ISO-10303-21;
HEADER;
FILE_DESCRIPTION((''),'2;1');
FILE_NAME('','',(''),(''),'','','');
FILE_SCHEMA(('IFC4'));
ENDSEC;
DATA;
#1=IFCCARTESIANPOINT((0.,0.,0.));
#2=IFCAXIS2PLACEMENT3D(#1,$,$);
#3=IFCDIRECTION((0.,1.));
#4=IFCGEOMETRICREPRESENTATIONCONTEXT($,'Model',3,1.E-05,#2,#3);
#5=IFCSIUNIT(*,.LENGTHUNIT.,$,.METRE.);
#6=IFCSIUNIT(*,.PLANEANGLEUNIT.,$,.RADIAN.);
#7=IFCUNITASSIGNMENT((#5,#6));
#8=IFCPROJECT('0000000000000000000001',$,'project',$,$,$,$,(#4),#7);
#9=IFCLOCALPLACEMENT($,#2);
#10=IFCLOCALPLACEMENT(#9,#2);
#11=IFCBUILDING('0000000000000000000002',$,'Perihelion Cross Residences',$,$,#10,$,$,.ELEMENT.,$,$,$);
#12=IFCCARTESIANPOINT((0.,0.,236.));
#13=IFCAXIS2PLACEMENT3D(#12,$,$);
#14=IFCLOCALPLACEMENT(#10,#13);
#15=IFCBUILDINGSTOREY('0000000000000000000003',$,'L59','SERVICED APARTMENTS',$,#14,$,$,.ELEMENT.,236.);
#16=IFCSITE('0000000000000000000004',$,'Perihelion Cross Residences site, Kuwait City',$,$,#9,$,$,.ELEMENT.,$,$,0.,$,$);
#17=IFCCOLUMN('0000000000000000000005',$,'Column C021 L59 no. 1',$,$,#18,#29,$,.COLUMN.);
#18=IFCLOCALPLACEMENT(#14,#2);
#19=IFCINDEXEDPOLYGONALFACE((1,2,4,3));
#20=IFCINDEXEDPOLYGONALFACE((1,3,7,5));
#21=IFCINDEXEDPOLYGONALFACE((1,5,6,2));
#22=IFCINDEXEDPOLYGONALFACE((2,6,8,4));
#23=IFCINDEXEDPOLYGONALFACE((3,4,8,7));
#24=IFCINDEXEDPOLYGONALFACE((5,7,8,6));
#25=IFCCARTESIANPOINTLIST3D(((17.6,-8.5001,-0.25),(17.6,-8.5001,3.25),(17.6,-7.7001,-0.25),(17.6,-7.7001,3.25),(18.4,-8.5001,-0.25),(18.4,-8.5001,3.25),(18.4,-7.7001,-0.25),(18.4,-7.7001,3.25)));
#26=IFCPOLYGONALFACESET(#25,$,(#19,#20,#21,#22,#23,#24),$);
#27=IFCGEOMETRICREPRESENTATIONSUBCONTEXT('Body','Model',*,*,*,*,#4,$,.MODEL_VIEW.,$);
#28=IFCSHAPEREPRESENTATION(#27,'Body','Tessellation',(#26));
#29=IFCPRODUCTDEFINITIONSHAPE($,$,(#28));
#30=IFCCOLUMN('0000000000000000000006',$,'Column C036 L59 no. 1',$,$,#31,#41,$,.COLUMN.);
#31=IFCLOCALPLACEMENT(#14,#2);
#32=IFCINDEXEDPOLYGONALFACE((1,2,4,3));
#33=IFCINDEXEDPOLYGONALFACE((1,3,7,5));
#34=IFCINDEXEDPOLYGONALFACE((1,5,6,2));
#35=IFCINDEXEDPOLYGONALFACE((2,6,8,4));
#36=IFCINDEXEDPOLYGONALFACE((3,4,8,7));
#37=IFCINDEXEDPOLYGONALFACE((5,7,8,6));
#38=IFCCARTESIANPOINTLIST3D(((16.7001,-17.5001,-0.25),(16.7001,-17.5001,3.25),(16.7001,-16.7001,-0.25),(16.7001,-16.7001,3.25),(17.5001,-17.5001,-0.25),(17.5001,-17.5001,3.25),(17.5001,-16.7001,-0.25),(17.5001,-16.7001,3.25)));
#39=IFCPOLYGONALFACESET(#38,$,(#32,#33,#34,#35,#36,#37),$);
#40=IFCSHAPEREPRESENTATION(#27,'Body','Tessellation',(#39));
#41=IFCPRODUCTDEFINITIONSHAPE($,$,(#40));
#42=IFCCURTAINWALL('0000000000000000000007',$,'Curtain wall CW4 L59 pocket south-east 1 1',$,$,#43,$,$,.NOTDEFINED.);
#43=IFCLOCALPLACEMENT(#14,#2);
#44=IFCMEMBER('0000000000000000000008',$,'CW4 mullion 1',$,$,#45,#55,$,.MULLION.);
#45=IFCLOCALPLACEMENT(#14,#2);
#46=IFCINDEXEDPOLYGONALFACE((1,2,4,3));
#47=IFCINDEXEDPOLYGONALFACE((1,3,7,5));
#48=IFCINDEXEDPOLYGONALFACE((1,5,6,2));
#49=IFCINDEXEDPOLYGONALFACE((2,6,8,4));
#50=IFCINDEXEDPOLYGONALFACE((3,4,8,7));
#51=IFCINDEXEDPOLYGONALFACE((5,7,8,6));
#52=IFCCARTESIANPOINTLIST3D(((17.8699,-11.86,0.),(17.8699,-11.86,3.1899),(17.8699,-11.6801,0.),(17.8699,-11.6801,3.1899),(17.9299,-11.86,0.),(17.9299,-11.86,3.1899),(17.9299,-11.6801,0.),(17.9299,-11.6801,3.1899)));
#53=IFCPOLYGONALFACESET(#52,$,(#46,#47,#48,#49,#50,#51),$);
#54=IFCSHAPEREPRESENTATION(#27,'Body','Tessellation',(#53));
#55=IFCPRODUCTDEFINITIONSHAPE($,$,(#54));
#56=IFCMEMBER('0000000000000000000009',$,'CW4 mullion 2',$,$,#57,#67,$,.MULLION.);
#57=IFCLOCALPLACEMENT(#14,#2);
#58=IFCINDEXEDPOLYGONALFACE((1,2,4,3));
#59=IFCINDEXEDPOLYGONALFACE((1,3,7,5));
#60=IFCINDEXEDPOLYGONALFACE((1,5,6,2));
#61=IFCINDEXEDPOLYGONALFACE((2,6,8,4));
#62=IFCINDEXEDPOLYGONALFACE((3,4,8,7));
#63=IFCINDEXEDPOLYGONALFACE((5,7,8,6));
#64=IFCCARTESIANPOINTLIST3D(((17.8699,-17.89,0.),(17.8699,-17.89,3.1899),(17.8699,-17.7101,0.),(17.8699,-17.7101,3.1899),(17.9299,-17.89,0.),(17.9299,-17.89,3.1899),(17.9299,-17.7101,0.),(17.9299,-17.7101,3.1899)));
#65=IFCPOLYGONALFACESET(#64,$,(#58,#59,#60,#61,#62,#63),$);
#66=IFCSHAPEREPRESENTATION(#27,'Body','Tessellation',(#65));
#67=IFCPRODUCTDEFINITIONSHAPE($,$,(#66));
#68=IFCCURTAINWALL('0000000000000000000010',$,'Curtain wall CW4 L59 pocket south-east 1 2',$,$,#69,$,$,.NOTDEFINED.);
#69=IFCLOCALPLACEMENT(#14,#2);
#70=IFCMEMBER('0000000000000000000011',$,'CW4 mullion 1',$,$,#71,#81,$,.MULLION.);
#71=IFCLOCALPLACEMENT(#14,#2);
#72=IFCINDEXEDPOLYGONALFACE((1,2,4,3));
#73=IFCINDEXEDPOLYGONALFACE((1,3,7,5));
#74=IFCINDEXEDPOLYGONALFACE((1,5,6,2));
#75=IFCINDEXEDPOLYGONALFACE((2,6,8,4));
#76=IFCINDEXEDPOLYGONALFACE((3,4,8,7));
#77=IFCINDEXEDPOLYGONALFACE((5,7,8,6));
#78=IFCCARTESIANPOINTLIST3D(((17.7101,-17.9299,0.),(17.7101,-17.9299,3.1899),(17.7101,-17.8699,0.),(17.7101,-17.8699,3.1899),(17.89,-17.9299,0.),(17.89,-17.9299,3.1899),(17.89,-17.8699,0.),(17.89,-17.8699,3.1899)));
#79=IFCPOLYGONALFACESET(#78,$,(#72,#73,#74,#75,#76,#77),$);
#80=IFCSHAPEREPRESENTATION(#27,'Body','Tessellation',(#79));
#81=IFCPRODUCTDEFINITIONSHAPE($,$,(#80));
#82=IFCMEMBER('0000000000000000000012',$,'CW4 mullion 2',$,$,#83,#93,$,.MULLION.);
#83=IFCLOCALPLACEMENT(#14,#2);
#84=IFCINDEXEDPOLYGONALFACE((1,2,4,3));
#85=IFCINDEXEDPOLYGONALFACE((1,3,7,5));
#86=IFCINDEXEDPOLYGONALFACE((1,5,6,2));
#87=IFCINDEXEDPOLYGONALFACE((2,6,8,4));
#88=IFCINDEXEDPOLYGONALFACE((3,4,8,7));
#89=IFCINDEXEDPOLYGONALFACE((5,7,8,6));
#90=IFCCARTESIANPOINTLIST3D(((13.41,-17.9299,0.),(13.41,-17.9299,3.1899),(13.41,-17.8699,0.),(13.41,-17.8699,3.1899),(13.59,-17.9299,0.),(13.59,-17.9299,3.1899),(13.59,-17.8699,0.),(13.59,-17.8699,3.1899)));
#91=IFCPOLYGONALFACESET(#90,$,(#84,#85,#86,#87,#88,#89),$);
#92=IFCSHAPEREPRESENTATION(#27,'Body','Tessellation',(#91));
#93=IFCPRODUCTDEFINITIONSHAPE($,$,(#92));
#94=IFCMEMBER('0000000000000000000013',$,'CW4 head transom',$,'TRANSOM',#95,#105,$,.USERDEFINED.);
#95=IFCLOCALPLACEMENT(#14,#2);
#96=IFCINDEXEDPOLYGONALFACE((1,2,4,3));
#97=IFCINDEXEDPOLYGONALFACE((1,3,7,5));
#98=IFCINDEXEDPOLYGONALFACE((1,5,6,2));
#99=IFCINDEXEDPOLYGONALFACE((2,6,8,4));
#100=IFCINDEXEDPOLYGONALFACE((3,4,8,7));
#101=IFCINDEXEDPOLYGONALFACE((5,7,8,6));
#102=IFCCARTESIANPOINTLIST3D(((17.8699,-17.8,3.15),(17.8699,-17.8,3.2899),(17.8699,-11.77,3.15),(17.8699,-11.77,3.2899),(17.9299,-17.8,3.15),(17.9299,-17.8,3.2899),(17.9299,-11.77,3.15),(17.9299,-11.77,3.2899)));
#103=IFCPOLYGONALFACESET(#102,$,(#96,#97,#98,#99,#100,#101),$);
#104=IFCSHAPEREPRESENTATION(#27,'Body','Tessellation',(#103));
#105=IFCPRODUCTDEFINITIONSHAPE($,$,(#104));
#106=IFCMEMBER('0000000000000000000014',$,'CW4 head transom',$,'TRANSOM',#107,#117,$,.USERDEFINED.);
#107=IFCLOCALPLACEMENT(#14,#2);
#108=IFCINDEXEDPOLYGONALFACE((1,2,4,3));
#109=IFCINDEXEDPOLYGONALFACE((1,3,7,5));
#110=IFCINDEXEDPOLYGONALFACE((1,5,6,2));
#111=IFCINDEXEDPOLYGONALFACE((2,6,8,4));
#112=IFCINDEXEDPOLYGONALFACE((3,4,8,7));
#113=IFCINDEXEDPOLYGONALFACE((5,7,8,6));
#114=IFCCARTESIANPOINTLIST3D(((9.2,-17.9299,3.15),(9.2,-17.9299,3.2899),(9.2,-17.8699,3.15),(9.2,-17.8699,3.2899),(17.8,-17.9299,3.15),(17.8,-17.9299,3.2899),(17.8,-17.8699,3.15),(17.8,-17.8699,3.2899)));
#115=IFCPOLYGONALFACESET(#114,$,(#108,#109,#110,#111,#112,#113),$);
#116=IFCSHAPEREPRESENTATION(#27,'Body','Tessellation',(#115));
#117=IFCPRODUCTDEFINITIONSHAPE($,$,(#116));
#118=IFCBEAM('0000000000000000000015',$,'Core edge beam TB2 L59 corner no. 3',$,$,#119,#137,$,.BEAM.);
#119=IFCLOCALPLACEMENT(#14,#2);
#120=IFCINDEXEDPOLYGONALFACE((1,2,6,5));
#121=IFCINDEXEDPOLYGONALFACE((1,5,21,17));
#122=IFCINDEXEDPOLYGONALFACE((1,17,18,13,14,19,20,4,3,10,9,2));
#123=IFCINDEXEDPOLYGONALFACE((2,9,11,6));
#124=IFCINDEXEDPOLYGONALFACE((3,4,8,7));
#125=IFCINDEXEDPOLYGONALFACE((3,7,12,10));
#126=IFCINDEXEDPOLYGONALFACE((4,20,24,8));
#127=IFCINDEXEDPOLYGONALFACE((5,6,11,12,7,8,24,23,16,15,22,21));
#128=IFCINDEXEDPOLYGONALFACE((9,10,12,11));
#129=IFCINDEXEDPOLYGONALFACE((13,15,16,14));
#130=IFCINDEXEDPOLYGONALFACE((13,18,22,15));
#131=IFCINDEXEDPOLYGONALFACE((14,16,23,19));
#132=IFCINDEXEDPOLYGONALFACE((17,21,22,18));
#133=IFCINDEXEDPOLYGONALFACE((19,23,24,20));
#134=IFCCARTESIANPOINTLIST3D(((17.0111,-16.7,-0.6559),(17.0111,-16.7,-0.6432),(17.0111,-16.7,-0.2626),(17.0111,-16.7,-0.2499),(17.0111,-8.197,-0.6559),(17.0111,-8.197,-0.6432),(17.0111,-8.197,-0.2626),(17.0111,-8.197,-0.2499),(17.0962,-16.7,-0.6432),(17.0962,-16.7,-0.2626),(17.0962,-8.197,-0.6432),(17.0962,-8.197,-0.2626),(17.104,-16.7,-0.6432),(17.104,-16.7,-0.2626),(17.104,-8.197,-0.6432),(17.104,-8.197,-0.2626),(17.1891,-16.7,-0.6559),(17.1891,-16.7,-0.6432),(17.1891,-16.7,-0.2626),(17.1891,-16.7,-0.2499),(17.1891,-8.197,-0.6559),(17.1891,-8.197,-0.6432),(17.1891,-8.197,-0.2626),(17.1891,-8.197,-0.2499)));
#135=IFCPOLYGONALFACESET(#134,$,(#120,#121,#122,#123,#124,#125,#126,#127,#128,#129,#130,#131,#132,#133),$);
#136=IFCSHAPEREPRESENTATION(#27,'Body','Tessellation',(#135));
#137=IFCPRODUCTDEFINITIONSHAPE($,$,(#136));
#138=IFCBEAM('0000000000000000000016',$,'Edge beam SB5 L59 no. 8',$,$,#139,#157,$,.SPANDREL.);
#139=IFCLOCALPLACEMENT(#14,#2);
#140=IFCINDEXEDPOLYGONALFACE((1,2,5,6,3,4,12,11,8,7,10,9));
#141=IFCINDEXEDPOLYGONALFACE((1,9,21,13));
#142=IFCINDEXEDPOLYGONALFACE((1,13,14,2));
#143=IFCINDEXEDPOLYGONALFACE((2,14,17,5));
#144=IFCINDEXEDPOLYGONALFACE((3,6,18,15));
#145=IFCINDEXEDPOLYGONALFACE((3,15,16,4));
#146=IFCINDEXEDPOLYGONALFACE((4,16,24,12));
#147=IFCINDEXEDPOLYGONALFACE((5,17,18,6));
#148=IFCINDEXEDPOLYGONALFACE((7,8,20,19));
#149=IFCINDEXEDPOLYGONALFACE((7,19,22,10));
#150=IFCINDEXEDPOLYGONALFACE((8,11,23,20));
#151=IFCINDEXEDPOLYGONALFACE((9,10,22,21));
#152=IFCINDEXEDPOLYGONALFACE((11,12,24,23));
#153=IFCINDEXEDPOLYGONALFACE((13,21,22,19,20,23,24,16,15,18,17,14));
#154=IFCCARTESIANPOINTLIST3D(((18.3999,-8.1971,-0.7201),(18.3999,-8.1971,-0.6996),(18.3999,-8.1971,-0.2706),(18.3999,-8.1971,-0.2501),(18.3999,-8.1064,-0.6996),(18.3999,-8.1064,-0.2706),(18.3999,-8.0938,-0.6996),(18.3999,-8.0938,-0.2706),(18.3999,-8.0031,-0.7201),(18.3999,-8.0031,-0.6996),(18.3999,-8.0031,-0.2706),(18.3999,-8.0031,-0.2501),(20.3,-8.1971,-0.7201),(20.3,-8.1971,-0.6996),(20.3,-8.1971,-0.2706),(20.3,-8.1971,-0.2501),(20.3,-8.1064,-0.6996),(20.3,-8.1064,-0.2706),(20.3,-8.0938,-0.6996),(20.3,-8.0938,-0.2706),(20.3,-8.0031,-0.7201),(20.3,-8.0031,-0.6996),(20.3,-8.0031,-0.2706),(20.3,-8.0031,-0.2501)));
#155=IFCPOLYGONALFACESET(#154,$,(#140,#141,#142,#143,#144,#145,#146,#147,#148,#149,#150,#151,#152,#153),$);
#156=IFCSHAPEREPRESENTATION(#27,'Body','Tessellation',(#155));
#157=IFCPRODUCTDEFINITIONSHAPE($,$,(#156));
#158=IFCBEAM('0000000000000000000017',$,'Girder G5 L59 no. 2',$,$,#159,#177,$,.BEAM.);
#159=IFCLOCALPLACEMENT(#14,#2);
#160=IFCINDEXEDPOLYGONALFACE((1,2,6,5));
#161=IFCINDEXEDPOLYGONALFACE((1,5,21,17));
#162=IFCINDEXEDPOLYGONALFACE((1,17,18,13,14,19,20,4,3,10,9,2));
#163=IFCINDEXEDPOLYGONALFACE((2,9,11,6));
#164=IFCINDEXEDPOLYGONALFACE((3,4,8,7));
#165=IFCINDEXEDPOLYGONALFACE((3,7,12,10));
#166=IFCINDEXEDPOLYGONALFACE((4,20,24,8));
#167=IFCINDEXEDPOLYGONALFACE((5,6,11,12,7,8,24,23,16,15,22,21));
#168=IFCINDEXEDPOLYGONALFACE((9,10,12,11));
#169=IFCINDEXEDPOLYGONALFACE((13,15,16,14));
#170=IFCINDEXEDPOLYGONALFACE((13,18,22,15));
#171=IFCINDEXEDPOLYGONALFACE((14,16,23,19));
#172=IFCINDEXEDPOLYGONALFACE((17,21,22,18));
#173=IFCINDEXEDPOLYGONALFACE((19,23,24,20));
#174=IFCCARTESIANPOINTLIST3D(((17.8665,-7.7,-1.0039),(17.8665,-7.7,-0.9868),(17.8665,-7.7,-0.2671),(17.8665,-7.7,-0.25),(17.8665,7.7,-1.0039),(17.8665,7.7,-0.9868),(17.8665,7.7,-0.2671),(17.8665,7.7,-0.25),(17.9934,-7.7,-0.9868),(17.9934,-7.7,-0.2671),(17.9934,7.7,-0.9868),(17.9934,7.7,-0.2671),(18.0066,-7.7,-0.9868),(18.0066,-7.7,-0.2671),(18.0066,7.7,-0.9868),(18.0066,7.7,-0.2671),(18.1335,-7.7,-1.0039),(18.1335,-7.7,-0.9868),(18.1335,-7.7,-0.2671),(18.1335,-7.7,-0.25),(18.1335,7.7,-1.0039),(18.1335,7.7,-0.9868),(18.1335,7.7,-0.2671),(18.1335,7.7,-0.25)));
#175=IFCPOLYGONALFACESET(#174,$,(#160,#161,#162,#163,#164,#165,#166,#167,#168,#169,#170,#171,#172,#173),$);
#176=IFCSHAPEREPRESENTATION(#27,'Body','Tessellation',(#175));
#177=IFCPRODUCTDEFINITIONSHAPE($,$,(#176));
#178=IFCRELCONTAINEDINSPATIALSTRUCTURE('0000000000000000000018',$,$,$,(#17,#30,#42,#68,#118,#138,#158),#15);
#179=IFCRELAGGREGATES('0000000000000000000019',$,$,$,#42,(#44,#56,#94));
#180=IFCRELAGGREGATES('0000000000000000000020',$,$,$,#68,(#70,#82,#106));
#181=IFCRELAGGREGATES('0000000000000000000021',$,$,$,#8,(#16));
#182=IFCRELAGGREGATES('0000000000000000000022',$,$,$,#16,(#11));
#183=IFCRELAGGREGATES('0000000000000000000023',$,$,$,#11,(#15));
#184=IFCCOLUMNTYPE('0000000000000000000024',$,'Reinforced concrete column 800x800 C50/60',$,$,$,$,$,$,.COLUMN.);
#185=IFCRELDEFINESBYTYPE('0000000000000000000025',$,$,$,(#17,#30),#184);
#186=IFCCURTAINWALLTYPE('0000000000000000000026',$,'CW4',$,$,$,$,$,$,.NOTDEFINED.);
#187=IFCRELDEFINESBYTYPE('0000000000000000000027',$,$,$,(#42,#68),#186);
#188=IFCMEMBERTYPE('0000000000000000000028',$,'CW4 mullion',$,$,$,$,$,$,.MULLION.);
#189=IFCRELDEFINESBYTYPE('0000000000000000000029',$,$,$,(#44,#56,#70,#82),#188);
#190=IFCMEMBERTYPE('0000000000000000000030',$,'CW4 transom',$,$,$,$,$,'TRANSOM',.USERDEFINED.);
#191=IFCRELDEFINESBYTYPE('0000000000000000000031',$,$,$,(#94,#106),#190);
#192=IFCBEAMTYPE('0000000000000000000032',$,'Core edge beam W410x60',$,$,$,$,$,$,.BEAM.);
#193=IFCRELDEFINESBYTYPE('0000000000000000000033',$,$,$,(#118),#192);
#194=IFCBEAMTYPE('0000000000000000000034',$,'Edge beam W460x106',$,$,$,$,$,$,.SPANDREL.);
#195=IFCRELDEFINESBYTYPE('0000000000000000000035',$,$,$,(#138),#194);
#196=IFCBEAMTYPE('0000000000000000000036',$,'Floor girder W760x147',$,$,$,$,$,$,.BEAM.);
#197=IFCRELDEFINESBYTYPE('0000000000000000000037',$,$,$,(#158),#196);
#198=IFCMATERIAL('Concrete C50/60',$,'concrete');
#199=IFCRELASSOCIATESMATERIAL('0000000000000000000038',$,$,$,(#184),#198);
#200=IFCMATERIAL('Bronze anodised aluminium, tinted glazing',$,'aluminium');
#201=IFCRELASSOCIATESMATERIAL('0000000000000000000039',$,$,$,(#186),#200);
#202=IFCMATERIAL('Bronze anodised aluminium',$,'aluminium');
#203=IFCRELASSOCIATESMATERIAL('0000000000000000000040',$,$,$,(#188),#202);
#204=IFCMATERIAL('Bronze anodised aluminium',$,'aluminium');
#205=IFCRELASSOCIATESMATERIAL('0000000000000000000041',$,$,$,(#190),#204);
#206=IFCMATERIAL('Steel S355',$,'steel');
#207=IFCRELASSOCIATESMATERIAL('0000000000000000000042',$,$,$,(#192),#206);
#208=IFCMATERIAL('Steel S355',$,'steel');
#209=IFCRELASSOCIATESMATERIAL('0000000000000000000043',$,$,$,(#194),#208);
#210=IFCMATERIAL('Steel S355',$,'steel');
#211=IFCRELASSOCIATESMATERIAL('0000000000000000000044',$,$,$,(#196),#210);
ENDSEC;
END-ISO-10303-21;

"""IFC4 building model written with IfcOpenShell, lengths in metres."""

from ifc_helpers import new_model, si_unit, direction, frame, origin, origin_2d, place, context, subcontext, project, spatial, rectangle, i_section, extrude, material, material_profile, profile_set, type_object, element, aggregate, save


model = new_model("IFC4")

# Units and contexts
model_context = context("Model", 3, precision=1e-05, world=origin(), true_north=direction((0.0, 1.0)))
body_context = subcontext(model_context, "Body", "Model", "MODEL_VIEW")
ifc_project = project(units=[si_unit("LENGTHUNIT", "METRE"), si_unit("PLANEANGLEUNIT", "RADIAN")], contexts=[model_context])

# Site, building, storey
site_placement = place(None, origin())
site = spatial("IfcSite", under=ifc_project, at=site_placement, Name="Perihelion Cross Residences site, Kuwait City", CompositionType="ELEMENT", RefElevation=0.0)
building_placement = place(site_placement, origin())
building = spatial("IfcBuilding", under=site, at=building_placement, Name="Perihelion Cross Residences", CompositionType="ELEMENT")
storey_placement = place(building_placement, frame((0.0, 0.0, 236.0)))
storey = spatial("IfcBuildingStorey", under=building, at=storey_placement, Name="L59", Description="SERVICED APARTMENTS", CompositionType="ELEMENT", Elevation=236.0)

# Columns
ifc_material_1 = material(Name="Concrete C50/60", Category="concrete")
ifc_material_profile_1 = material_profile(ifc_material_1, rectangle(XDim=0.8, YDim=0.8, at=origin_2d()), Name="RC 800x800")
ifc_profile_set_1 = profile_set([ifc_material_profile_1], Name="Concrete C50/60")
column_type = type_object("IfcColumnType", Name="Reinforced concrete column 800x800 C50/60", PredefinedType="COLUMN", material=ifc_profile_set_1)
for number, where, z_axis, x_axis, name in (
    (1, (18.0, -8.1001, -0.25), (0.0, 0.0, 1.0), (1.0, 0.0, 0.0), "Column C021 L59 no. 1"),
    (2, (17.1001, -17.1001, -0.25), (0.0, 0.0, 1.0), (1.0, 0.0, 0.0), "Column C036 L59 no. 1"),
):
    element("IfcColumn", number, at=place(storey_placement, frame(where, z_axis=z_axis, x_axis=x_axis)), inside=storey, type_object=column_type, Name=name, PredefinedType="COLUMN", context=body_context, shape_type="SweptSolid", body=[
        extrude(rectangle(XDim=0.8, YDim=0.8, at=origin_2d()), origin(), (0.0, 0.0, 1.0), 3.5),
    ])

# Curtain walls, members
ifc_material_2 = material(Name="Bronze anodised aluminium, tinted glazing", Category="aluminium")
curtain_wall_type_1 = type_object("IfcCurtainWallType", Name="CW4", PredefinedType="NOTDEFINED", material=ifc_material_2)
curtain_wall_1_placement = place(storey_placement, origin())
curtain_wall_1 = element("IfcCurtainWall", 3, at=curtain_wall_1_placement, inside=storey, type_object=curtain_wall_type_1, Name="Curtain wall CW4 L59 pocket south-east 1 1", PredefinedType="NOTDEFINED")
ifc_material_3 = material(Name="Bronze anodised aluminium", Category="aluminium")
ifc_material_profile_2 = material_profile(ifc_material_3, rectangle(XDim=0.0601, YDim=0.1799, at=origin_2d()), Name="CW4 mullion")
ifc_profile_set_2 = profile_set([ifc_material_profile_2], Name="Bronze anodised aluminium")
member_type_1 = type_object("IfcMemberType", Name="CW4 mullion", PredefinedType="MULLION", material=ifc_profile_set_2)
member_1_placement = place(storey_placement, frame((17.8999, -11.77, 0.0), z_axis=(0.0, 0.0, 1.0), x_axis=(1.0, 0.0, 0.0)))
member_1 = element("IfcMember", 4, at=member_1_placement, type_object=member_type_1, Name="CW4 mullion 1", PredefinedType="MULLION", context=body_context, shape_type="SweptSolid", body=[
    extrude(rectangle(XDim=0.0601, YDim=0.1799, at=origin_2d()), origin(), (0.0, 0.0, 1.0), 3.1899),
])
member_2_placement = place(storey_placement, frame((17.8999, -17.8, 0.0), z_axis=(0.0, 0.0, 1.0), x_axis=(1.0, 0.0, 0.0)))
member_2 = element("IfcMember", 5, at=member_2_placement, type_object=member_type_1, Name="CW4 mullion 2", PredefinedType="MULLION", context=body_context, shape_type="SweptSolid", body=[
    extrude(rectangle(XDim=0.0601, YDim=0.1799, at=origin_2d()), origin(), (0.0, 0.0, 1.0), 3.1899),
])
curtain_wall_2_placement = place(storey_placement, origin())
curtain_wall_2 = element("IfcCurtainWall", 6, at=curtain_wall_2_placement, inside=storey, type_object=curtain_wall_type_1, Name="Curtain wall CW4 L59 pocket south-east 1 2", PredefinedType="NOTDEFINED")
member_3_placement = place(storey_placement, frame((17.8, -17.8999, 0.0), z_axis=(0.0, 0.0, 1.0), x_axis=(0.0, -1.0, 0.0)))
member_3 = element("IfcMember", 7, at=member_3_placement, type_object=member_type_1, Name="CW4 mullion 1", PredefinedType="MULLION", context=body_context, shape_type="SweptSolid", body=[
    extrude(rectangle(XDim=0.0601, YDim=0.1799, at=origin_2d()), origin(), (0.0, 0.0, 1.0), 3.1899),
])
member_4_placement = place(storey_placement, frame((13.5, -17.8999, 0.0), z_axis=(0.0, 0.0, 1.0), x_axis=(0.0, -1.0, 0.0)))
member_4 = element("IfcMember", 8, at=member_4_placement, type_object=member_type_1, Name="CW4 mullion 2", PredefinedType="MULLION", context=body_context, shape_type="SweptSolid", body=[
    extrude(rectangle(XDim=0.0601, YDim=0.1799, at=origin_2d()), origin(), (0.0, 0.0, 1.0), 3.1899),
])

# Members
ifc_material_4 = material(Name="Bronze anodised aluminium", Category="aluminium")
ifc_material_profile_3 = material_profile(ifc_material_4, rectangle(XDim=0.0601, YDim=0.1399, at=origin_2d()), Name="CW4 transom")
ifc_profile_set_3 = profile_set([ifc_material_profile_3], Name="Bronze anodised aluminium")
member_type_2 = type_object("IfcMemberType", Name="CW4 transom", ElementType="TRANSOM", PredefinedType="USERDEFINED", material=ifc_profile_set_3)
member_5_placement = place(storey_placement, frame((17.8999, -11.77, 3.22), z_axis=(0.0, -1.0, 0.0), x_axis=(1.0, 0.0, 0.0)))
member_5 = element("IfcMember", 9, at=member_5_placement, type_object=member_type_2, Name="CW4 head transom", ObjectType="TRANSOM", PredefinedType="USERDEFINED", context=body_context, shape_type="SweptSolid", body=[
    extrude(rectangle(XDim=0.0601, YDim=0.1399, at=origin_2d()), origin(), (0.0, 0.0, 1.0), 6.03),
])
member_6_placement = place(storey_placement, frame((17.8, -17.8999, 3.22), z_axis=(-1.0, 0.0, 0.0), x_axis=(0.0, -1.0, 0.0)))
member_6 = element("IfcMember", 10, at=member_6_placement, type_object=member_type_2, Name="CW4 head transom", ObjectType="TRANSOM", PredefinedType="USERDEFINED", context=body_context, shape_type="SweptSolid", body=[
    extrude(rectangle(XDim=0.0601, YDim=0.1399, at=origin_2d()), origin(), (0.0, 0.0, 1.0), 8.6001),
])

# Beams
ifc_material_5 = material(Name="Steel S355", Category="steel")
ifc_material_profile_4 = material_profile(ifc_material_5, i_section(OverallWidth=0.178, OverallDepth=0.406, WebThickness=0.0078, FlangeThickness=0.0127, at=origin_2d()), Name="W410x60")
ifc_profile_set_4 = profile_set([ifc_material_profile_4], Name="Steel S355")
beam_type_1 = type_object("IfcBeamType", Name="Core edge beam W410x60", PredefinedType="BEAM", material=ifc_profile_set_4)
beam_1_placement = place(storey_placement, frame((17.1001, -8.197, -0.4529), z_axis=(0.0, -1.0, 0.0), x_axis=(1.0, 0.0, 0.0)))
element("IfcBeam", 11, at=beam_1_placement, inside=storey, type_object=beam_type_1, Name="Core edge beam TB2 L59 corner no. 3", PredefinedType="BEAM", context=body_context, shape_type="SweptSolid", body=[
    extrude(i_section(OverallWidth=0.178, OverallDepth=0.406, WebThickness=0.0078, FlangeThickness=0.0127, at=origin_2d()), origin(), (0.0, 0.0, 1.0), 8.5029),
])
ifc_material_6 = material(Name="Steel S355", Category="steel")
ifc_material_profile_5 = material_profile(ifc_material_6, i_section(OverallWidth=0.1941, OverallDepth=0.47, WebThickness=0.0127, FlangeThickness=0.0205, at=origin_2d()), Name="W460x106")
ifc_profile_set_5 = profile_set([ifc_material_profile_5], Name="Steel S355")
beam_type_2 = type_object("IfcBeamType", Name="Edge beam W460x106", PredefinedType="SPANDREL", material=ifc_profile_set_5)
beam_2_placement = place(storey_placement, frame((18.3999, -8.1001, -0.4851), z_axis=(1.0, 0.0, 0.0), x_axis=(0.0, 1.0, 0.0)))
element("IfcBeam", 12, at=beam_2_placement, inside=storey, type_object=beam_type_2, Name="Edge beam SB5 L59 no. 8", PredefinedType="SPANDREL", context=body_context, shape_type="SweptSolid", body=[
    extrude(i_section(OverallWidth=0.1941, OverallDepth=0.47, WebThickness=0.0127, FlangeThickness=0.0205, at=origin_2d()), origin(), (0.0, 0.0, 1.0), 1.9001),
])
ifc_material_7 = material(Name="Steel S355", Category="steel")
ifc_material_profile_6 = material_profile(ifc_material_7, i_section(OverallWidth=0.2671, OverallDepth=0.7539, WebThickness=0.0132, FlangeThickness=0.0171, at=origin_2d()), Name="W760x147")
ifc_profile_set_6 = profile_set([ifc_material_profile_6], Name="Steel S355")
beam_type_3 = type_object("IfcBeamType", Name="Floor girder W760x147", PredefinedType="BEAM", material=ifc_profile_set_6)
beam_3_placement = place(storey_placement, frame((18.0, -7.7, -0.627), z_axis=(0.0, 1.0, 0.0), x_axis=(-1.0, 0.0, 0.0)))
element("IfcBeam", 13, at=beam_3_placement, inside=storey, type_object=beam_type_3, Name="Girder G5 L59 no. 2", PredefinedType="BEAM", context=body_context, shape_type="SweptSolid", body=[
    extrude(i_section(OverallWidth=0.2671, OverallDepth=0.7539, WebThickness=0.0132, FlangeThickness=0.0171, at=origin_2d()), origin(), (0.0, 0.0, 1.0), 15.3999),
])

aggregate(curtain_wall_1, [member_1, member_2, member_5])
aggregate(curtain_wall_2, [member_3, member_4, member_6])

save(model, "model.ifc")
